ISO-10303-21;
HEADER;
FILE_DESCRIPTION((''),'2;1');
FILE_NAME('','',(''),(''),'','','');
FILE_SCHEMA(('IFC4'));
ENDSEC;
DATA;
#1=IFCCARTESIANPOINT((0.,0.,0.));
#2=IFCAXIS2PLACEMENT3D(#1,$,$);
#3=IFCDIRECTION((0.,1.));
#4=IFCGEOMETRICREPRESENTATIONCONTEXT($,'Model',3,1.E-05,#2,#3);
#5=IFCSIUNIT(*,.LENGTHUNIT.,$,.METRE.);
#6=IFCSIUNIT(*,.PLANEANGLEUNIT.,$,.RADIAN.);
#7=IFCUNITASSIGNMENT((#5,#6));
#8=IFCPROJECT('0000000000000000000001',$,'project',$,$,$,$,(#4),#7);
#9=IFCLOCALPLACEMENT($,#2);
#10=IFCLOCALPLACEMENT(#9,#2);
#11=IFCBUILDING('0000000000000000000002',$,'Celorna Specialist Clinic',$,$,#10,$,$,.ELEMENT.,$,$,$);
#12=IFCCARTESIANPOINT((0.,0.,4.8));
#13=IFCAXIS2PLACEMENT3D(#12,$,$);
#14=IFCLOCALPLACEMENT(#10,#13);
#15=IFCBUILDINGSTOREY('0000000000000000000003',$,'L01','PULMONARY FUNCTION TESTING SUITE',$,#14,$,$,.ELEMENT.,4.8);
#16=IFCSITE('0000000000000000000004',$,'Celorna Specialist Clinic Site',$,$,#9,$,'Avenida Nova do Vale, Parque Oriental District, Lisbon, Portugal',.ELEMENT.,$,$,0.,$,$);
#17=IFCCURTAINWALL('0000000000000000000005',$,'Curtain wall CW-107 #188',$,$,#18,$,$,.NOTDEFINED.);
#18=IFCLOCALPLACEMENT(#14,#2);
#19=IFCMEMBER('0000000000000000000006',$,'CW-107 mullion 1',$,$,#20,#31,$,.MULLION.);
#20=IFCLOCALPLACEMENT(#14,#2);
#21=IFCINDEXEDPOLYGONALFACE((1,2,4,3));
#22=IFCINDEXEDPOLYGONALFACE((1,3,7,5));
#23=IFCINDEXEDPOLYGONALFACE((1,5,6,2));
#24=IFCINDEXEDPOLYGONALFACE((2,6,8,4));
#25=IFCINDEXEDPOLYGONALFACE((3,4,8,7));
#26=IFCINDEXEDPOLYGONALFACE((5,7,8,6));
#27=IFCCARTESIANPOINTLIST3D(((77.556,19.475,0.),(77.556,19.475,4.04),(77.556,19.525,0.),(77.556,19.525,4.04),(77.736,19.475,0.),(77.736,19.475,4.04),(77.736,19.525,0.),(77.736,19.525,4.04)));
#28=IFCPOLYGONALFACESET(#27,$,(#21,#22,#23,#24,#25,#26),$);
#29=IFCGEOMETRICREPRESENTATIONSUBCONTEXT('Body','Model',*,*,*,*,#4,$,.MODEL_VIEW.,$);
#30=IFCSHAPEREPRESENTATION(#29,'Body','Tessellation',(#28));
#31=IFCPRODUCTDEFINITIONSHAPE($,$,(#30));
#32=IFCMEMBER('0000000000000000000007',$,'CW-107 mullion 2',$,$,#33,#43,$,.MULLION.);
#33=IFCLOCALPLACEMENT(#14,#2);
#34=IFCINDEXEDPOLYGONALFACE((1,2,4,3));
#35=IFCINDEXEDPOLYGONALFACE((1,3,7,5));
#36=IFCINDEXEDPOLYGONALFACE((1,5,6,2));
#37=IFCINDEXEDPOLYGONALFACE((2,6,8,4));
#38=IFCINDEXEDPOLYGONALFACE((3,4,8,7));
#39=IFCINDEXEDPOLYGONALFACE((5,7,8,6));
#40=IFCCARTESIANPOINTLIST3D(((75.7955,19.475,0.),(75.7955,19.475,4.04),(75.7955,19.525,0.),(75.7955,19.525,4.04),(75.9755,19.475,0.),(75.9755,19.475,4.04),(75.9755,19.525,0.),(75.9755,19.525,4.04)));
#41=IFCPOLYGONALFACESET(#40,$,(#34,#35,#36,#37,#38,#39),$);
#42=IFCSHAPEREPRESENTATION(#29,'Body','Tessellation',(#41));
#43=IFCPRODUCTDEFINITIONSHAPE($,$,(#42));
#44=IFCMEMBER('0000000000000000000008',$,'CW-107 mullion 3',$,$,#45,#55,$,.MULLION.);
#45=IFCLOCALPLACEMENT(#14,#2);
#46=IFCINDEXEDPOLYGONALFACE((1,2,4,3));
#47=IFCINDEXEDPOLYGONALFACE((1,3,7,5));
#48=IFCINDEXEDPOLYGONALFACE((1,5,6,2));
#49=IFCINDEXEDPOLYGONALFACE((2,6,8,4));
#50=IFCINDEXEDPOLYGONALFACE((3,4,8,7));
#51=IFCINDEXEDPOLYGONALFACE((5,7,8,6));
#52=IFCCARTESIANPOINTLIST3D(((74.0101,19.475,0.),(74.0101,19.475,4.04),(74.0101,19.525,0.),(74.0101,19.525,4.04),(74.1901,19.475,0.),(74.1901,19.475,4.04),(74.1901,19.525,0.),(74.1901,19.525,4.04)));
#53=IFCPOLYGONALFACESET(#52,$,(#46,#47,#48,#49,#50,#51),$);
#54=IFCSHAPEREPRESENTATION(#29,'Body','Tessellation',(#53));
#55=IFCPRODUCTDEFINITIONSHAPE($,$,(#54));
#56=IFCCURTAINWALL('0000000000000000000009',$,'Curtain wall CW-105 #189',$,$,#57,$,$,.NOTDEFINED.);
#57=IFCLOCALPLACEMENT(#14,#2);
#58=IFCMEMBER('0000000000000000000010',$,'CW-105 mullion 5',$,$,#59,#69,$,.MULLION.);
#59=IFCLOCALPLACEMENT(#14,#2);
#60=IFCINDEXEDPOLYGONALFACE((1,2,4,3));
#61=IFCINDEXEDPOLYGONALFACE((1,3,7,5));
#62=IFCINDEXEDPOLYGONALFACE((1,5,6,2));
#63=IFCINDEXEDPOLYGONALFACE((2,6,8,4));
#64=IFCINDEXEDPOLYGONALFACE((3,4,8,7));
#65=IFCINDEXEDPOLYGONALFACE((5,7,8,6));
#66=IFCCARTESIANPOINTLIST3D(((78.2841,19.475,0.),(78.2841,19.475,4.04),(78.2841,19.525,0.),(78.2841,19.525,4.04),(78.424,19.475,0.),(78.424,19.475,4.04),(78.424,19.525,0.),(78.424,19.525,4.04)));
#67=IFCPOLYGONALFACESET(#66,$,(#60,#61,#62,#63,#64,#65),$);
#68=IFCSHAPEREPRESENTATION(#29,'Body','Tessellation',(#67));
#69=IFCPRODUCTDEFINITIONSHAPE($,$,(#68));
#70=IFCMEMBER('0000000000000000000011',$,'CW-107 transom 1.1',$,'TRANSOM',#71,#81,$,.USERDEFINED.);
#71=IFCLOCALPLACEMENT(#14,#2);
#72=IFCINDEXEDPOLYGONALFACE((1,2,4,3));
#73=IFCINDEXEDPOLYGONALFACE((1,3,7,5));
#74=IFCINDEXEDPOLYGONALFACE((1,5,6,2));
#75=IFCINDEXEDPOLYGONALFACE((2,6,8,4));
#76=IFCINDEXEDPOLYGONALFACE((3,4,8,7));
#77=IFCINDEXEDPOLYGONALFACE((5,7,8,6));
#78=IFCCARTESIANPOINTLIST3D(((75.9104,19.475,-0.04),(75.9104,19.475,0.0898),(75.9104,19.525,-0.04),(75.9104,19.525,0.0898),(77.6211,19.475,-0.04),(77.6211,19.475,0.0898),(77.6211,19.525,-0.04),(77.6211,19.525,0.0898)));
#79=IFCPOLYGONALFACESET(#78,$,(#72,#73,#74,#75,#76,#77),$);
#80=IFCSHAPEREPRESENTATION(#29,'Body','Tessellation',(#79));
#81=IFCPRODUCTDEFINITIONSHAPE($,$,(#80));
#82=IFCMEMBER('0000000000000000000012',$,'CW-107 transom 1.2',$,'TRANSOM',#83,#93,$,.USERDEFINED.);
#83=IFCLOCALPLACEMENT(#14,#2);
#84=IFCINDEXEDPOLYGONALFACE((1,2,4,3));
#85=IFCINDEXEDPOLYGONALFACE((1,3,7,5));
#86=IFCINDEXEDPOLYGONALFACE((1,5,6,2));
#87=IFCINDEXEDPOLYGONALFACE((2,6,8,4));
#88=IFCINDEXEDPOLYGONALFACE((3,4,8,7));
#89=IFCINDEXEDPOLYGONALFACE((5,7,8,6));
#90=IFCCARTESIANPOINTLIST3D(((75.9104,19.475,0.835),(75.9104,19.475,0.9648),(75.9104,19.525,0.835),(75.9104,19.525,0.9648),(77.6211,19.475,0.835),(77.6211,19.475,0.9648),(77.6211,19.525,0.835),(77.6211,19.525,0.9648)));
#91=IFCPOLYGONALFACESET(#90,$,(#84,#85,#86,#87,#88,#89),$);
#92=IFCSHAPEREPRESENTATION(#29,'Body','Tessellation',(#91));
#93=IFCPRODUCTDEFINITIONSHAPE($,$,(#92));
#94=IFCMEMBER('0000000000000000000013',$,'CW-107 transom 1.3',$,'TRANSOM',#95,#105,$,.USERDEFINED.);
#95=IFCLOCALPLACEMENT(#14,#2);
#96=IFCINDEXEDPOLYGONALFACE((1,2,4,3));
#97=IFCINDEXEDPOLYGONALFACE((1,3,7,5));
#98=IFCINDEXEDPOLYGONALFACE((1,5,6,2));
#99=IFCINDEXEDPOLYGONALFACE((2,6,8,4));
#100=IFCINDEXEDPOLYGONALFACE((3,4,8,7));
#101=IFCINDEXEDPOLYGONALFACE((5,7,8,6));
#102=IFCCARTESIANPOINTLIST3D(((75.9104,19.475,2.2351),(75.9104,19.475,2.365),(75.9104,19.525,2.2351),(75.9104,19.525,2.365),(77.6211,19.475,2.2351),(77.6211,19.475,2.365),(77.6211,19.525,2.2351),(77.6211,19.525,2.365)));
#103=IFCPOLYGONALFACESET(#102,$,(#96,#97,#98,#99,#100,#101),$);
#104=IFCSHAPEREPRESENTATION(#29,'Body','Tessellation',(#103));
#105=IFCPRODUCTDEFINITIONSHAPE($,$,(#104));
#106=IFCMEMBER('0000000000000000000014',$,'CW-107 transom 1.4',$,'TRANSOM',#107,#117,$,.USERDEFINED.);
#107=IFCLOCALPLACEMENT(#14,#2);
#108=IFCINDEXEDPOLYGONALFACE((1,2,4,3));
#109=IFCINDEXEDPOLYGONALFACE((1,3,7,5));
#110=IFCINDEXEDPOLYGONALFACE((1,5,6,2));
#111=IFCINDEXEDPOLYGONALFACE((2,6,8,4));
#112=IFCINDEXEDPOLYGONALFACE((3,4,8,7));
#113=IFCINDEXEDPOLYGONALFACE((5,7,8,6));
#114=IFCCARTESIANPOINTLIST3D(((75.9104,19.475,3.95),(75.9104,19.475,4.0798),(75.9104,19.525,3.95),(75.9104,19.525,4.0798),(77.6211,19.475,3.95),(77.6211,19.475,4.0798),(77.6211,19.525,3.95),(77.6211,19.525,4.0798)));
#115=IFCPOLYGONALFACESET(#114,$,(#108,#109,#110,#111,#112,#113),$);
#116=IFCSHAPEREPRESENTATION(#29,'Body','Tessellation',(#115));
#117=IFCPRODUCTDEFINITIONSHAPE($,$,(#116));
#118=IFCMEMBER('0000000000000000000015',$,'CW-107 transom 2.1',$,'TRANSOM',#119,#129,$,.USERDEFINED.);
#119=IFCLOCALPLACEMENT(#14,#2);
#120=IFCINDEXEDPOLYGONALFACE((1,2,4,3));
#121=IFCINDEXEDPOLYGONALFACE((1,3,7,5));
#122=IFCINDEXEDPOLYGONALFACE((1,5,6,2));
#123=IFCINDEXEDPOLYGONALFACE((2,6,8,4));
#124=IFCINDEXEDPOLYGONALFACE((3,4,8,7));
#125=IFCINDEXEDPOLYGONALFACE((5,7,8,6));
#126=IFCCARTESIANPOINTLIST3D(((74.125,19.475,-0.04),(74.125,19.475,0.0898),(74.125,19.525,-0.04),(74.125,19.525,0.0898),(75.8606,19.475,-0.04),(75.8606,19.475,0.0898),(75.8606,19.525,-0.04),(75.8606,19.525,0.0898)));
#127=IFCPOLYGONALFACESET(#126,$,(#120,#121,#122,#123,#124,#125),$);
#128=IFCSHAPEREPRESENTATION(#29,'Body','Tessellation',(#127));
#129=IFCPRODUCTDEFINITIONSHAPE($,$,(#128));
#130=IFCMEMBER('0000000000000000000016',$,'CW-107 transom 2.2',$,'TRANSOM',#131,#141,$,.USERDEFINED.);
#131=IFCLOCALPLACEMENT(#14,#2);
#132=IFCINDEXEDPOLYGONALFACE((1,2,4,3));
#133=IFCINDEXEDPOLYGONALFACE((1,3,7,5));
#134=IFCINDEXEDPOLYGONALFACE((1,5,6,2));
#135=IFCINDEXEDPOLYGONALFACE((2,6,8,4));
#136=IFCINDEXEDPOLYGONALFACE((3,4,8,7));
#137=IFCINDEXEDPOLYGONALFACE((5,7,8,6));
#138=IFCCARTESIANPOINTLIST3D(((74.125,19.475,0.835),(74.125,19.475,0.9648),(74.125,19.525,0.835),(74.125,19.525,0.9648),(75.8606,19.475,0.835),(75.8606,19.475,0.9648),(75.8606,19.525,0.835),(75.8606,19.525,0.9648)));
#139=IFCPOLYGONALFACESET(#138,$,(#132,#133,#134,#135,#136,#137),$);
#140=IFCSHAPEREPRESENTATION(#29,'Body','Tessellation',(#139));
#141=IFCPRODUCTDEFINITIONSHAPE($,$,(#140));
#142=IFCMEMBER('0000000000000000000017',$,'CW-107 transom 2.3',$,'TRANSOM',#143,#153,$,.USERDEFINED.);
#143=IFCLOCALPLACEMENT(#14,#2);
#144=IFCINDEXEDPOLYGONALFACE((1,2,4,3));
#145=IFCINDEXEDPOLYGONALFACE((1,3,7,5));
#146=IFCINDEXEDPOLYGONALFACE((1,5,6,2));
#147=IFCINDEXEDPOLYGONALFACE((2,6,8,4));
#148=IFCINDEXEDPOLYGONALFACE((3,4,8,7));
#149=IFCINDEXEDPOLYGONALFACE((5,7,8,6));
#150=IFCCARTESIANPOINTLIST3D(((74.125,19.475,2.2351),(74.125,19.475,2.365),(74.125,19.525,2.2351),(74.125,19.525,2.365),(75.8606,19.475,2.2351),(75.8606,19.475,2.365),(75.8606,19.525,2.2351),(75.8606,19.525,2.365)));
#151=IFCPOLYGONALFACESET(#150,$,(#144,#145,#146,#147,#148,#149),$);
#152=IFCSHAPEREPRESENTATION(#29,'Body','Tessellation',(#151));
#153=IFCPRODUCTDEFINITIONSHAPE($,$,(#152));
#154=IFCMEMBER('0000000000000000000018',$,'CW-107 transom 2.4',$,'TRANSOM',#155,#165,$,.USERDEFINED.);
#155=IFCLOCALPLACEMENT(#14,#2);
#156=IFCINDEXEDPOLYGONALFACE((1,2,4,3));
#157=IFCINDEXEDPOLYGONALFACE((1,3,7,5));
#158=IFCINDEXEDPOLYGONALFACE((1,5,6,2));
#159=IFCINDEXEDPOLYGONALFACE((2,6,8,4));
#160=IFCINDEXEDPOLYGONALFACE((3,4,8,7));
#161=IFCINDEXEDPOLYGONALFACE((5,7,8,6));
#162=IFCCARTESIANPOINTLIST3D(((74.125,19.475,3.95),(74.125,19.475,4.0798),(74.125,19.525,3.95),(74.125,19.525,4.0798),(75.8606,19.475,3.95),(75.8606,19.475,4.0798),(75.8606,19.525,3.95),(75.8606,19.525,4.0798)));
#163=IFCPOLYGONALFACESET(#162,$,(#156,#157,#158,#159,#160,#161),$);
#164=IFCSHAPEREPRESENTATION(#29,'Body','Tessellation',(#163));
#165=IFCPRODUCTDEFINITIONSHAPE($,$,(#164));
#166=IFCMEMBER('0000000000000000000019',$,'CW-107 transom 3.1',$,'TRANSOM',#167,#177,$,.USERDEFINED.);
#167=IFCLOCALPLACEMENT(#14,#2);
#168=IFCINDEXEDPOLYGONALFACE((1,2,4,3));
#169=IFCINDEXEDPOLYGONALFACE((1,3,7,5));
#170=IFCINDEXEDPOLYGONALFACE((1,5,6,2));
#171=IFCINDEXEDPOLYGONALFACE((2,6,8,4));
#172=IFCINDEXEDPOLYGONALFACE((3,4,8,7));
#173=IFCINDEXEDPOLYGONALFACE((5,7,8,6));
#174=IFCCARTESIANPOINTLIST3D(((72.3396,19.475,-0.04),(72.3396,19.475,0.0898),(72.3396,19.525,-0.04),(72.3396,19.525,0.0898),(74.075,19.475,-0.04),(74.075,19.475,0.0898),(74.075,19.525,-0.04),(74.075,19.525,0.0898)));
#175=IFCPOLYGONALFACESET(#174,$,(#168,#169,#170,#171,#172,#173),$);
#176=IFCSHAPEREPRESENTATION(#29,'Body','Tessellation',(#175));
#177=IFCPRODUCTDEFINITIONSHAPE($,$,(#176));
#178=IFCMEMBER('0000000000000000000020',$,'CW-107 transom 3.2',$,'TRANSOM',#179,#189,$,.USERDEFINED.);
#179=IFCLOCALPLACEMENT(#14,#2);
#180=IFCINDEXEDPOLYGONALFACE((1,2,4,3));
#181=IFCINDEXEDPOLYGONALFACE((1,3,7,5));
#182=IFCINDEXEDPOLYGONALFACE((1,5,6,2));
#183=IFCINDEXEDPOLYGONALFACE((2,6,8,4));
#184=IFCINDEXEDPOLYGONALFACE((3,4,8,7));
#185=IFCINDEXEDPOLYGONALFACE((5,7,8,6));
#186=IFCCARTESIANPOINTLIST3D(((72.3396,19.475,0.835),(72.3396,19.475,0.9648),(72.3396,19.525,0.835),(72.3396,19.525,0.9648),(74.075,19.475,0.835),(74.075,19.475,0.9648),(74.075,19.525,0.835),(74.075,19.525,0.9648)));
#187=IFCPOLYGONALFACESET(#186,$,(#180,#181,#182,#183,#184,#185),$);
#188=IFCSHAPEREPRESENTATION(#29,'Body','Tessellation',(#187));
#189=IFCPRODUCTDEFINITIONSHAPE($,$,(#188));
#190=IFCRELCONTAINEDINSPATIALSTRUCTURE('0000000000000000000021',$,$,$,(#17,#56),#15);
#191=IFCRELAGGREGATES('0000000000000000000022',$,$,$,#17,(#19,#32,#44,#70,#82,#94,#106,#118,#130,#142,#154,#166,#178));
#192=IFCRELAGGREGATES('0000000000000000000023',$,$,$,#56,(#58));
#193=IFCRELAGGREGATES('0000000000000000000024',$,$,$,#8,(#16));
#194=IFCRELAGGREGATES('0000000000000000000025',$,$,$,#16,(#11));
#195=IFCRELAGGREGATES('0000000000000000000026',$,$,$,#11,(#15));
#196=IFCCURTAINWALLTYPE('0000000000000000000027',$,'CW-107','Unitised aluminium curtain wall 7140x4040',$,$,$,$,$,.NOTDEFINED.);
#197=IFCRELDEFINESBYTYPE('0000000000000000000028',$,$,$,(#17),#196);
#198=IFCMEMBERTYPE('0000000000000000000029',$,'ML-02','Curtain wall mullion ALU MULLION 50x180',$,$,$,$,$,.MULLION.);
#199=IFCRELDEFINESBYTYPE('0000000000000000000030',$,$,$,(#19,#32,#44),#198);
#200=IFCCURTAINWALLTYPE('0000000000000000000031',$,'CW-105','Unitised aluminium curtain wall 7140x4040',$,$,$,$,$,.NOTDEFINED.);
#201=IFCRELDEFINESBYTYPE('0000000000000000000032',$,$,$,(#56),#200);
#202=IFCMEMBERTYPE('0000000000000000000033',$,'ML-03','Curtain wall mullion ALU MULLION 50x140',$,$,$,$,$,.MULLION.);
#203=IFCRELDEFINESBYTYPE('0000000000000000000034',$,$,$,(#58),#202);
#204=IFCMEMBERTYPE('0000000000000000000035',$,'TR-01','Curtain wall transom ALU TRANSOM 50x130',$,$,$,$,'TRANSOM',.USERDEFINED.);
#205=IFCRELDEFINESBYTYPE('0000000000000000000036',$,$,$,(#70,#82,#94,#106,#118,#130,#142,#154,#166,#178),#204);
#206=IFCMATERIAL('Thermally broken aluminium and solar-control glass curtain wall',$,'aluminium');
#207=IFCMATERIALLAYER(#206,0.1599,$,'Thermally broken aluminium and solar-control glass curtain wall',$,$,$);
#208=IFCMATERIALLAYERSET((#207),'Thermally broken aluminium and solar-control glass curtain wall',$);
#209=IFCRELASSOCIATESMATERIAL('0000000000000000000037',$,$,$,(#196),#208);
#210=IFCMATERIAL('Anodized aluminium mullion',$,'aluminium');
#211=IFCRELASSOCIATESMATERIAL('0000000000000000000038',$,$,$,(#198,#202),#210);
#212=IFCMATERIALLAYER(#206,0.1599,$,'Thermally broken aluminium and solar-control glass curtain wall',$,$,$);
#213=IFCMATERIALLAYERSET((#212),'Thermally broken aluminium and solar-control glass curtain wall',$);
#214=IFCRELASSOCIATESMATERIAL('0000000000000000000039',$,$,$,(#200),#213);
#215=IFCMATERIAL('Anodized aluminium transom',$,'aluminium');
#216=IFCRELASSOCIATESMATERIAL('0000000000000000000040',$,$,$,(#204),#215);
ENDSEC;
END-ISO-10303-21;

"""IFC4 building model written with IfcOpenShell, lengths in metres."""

from ifc_helpers import new_model, si_unit, direction, frame, origin, origin_2d, place, context, subcontext, project, spatial, rectangle, extrude, material, layer, layer_set, material_profile, profile_set, type_object, element, aggregate, save


model = new_model("IFC4")

# Units and contexts
model_context = context("Model", 3, precision=1e-05, world=origin(), true_north=direction((0.0, 1.0)))
body_context = subcontext(model_context, "Body", "Model", "MODEL_VIEW")
ifc_project = project(units=[si_unit("LENGTHUNIT", "METRE"), si_unit("PLANEANGLEUNIT", "RADIAN")], contexts=[model_context])

# Site, building, storey
site_placement = place(None, origin())
site = spatial("IfcSite", under=ifc_project, at=site_placement, Name="Celorna Specialist Clinic Site", LongName="Avenida Nova do Vale, Parque Oriental District, Lisbon, Portugal", CompositionType="ELEMENT", RefElevation=0.0)
building_placement = place(site_placement, origin())
building = spatial("IfcBuilding", under=site, at=building_placement, Name="Celorna Specialist Clinic", CompositionType="ELEMENT")
storey_placement = place(building_placement, frame((0.0, 0.0, 4.8)))
storey = spatial("IfcBuildingStorey", under=building, at=storey_placement, Name="L01", Description="PULMONARY FUNCTION TESTING SUITE", CompositionType="ELEMENT", Elevation=4.8)

# Curtain wall, members
ifc_material_1 = material(Name="Thermally broken aluminium and solar-control glass curtain wall", Category="aluminium")
ifc_layer_1 = layer(ifc_material_1, 0.1599, Name="Thermally broken aluminium and solar-control glass curtain wall")
ifc_layer_set_1 = layer_set([ifc_layer_1], Name="Thermally broken aluminium and solar-control glass curtain wall")
curtain_wall_type_1 = type_object("IfcCurtainWallType", Name="CW-107", Description="Unitised aluminium curtain wall 7140x4040", PredefinedType="NOTDEFINED", material=ifc_layer_set_1)
curtain_wall_1_placement = place(storey_placement, origin())
curtain_wall_1 = element("IfcCurtainWall", 1, at=curtain_wall_1_placement, inside=storey, type_object=curtain_wall_type_1, Name="Curtain wall CW-107 #188", PredefinedType="NOTDEFINED")
ifc_material_2 = material(Name="Anodized aluminium mullion", Category="aluminium")
ifc_material_profile_1 = material_profile(ifc_material_2, rectangle(XDim=0.05, YDim=0.1799, at=origin_2d()), Name="ALU MULLION 50x180")
ifc_profile_set_1 = profile_set([ifc_material_profile_1], Name="Anodized aluminium mullion")
member_type_1 = type_object("IfcMemberType", Name="ML-02", Description="Curtain wall mullion ALU MULLION 50x180", PredefinedType="MULLION", material=ifc_profile_set_1)
member_1_placement = place(storey_placement, frame((77.646, 19.5, 0.0), z_axis=(0.0, 0.0, 1.0), x_axis=(0.0, -1.0, 0.0)))
member_1 = element("IfcMember", 2, at=member_1_placement, type_object=member_type_1, Name="CW-107 mullion 1", PredefinedType="MULLION", context=body_context, shape_type="SweptSolid", body=[
    extrude(rectangle(XDim=0.05, YDim=0.1799, at=origin_2d()), origin(), (0.0, 0.0, 1.0), 4.04),
])
member_2_placement = place(storey_placement, frame((75.8855, 19.5, 0.0), z_axis=(0.0, 0.0, 1.0), x_axis=(0.0, -1.0, 0.0)))
member_2 = element("IfcMember", 3, at=member_2_placement, type_object=member_type_1, Name="CW-107 mullion 2", PredefinedType="MULLION", context=body_context, shape_type="SweptSolid", body=[
    extrude(rectangle(XDim=0.05, YDim=0.1799, at=origin_2d()), origin(), (0.0, 0.0, 1.0), 4.04),
])
member_3_placement = place(storey_placement, frame((74.1001, 19.5, 0.0), z_axis=(0.0, 0.0, 1.0), x_axis=(0.0, -1.0, 0.0)))
member_3 = element("IfcMember", 4, at=member_3_placement, type_object=member_type_1, Name="CW-107 mullion 3", PredefinedType="MULLION", context=body_context, shape_type="SweptSolid", body=[
    extrude(rectangle(XDim=0.05, YDim=0.1799, at=origin_2d()), origin(), (0.0, 0.0, 1.0), 4.04),
])

# Curtain wall, member
ifc_layer_2 = layer(ifc_material_1, 0.1599, Name="Thermally broken aluminium and solar-control glass curtain wall")
ifc_layer_set_2 = layer_set([ifc_layer_2], Name="Thermally broken aluminium and solar-control glass curtain wall")
curtain_wall_type_2 = type_object("IfcCurtainWallType", Name="CW-105", Description="Unitised aluminium curtain wall 7140x4040", PredefinedType="NOTDEFINED", material=ifc_layer_set_2)
curtain_wall_2_placement = place(storey_placement, origin())
curtain_wall_2 = element("IfcCurtainWall", 5, at=curtain_wall_2_placement, inside=storey, type_object=curtain_wall_type_2, Name="Curtain wall CW-105 #189", PredefinedType="NOTDEFINED")
ifc_material_profile_2 = material_profile(ifc_material_2, rectangle(XDim=0.05, YDim=0.1399, at=origin_2d()), Name="ALU MULLION 50x140")
ifc_profile_set_2 = profile_set([ifc_material_profile_2], Name="Anodized aluminium mullion")
member_type_2 = type_object("IfcMemberType", Name="ML-03", Description="Curtain wall mullion ALU MULLION 50x140", PredefinedType="MULLION", material=ifc_profile_set_2)
member_4_placement = place(storey_placement, frame((78.354, 19.5, 0.0), z_axis=(0.0, 0.0, 1.0), x_axis=(0.0, -1.0, 0.0)))
member_4 = element("IfcMember", 6, at=member_4_placement, type_object=member_type_2, Name="CW-105 mullion 5", PredefinedType="MULLION", context=body_context, shape_type="SweptSolid", body=[
    extrude(rectangle(XDim=0.05, YDim=0.1399, at=origin_2d()), origin(), (0.0, 0.0, 1.0), 4.04),
])

# Members
ifc_material_3 = material(Name="Anodized aluminium transom", Category="aluminium")
ifc_material_profile_3 = material_profile(ifc_material_3, rectangle(XDim=0.05, YDim=0.1299, at=origin_2d()), Name="ALU TRANSOM 50x130")
ifc_profile_set_3 = profile_set([ifc_material_profile_3], Name="Anodized aluminium transom")
member_type_3 = type_object("IfcMemberType", Name="TR-01", Description="Curtain wall transom ALU TRANSOM 50x130", ElementType="TRANSOM", PredefinedType="USERDEFINED", material=ifc_profile_set_3)
member_5_placement = place(storey_placement, frame((77.6211, 19.5, 0.0249), z_axis=(-1.0, 0.0, 0.0), x_axis=(0.0, -1.0, 0.0)))
member_5 = element("IfcMember", 7, at=member_5_placement, type_object=member_type_3, Name="CW-107 transom 1.1", ObjectType="TRANSOM", PredefinedType="USERDEFINED", context=body_context, shape_type="SweptSolid", body=[
    extrude(rectangle(XDim=0.05, YDim=0.1299, at=origin_2d()), origin(), (0.0, 0.0, 1.0), 1.7107),
])
member_6_placement = place(storey_placement, frame((77.6211, 19.5, 0.8999), z_axis=(-1.0, 0.0, 0.0), x_axis=(0.0, -1.0, 0.0)))
member_6 = element("IfcMember", 8, at=member_6_placement, type_object=member_type_3, Name="CW-107 transom 1.2", ObjectType="TRANSOM", PredefinedType="USERDEFINED", context=body_context, shape_type="SweptSolid", body=[
    extrude(rectangle(XDim=0.05, YDim=0.1299, at=origin_2d()), origin(), (0.0, 0.0, 1.0), 1.7107),
])
member_7_placement = place(storey_placement, frame((77.6211, 19.5, 2.3), z_axis=(-1.0, 0.0, 0.0), x_axis=(0.0, -1.0, 0.0)))
member_7 = element("IfcMember", 9, at=member_7_placement, type_object=member_type_3, Name="CW-107 transom 1.3", ObjectType="TRANSOM", PredefinedType="USERDEFINED", context=body_context, shape_type="SweptSolid", body=[
    extrude(rectangle(XDim=0.05, YDim=0.1299, at=origin_2d()), origin(), (0.0, 0.0, 1.0), 1.7107),
])
member_8_placement = place(storey_placement, frame((77.6211, 19.5, 4.0149), z_axis=(-1.0, 0.0, 0.0), x_axis=(0.0, -1.0, 0.0)))
member_8 = element("IfcMember", 10, at=member_8_placement, type_object=member_type_3, Name="CW-107 transom 1.4", ObjectType="TRANSOM", PredefinedType="USERDEFINED", context=body_context, shape_type="SweptSolid", body=[
    extrude(rectangle(XDim=0.05, YDim=0.1299, at=origin_2d()), origin(), (0.0, 0.0, 1.0), 1.7107),
])
member_9_placement = place(storey_placement, frame((75.8606, 19.5, 0.0249), z_axis=(-1.0, 0.0, 0.0), x_axis=(0.0, -1.0, 0.0)))
member_9 = element("IfcMember", 11, at=member_9_placement, type_object=member_type_3, Name="CW-107 transom 2.1", ObjectType="TRANSOM", PredefinedType="USERDEFINED", context=body_context, shape_type="SweptSolid", body=[
    extrude(rectangle(XDim=0.05, YDim=0.1299, at=origin_2d()), origin(), (0.0, 0.0, 1.0), 1.7356),
])
member_10_placement = place(storey_placement, frame((75.8606, 19.5, 0.8999), z_axis=(-1.0, 0.0, 0.0), x_axis=(0.0, -1.0, 0.0)))
member_10 = element("IfcMember", 12, at=member_10_placement, type_object=member_type_3, Name="CW-107 transom 2.2", ObjectType="TRANSOM", PredefinedType="USERDEFINED", context=body_context, shape_type="SweptSolid", body=[
    extrude(rectangle(XDim=0.05, YDim=0.1299, at=origin_2d()), origin(), (0.0, 0.0, 1.0), 1.7356),
])
member_11_placement = place(storey_placement, frame((75.8606, 19.5, 2.3), z_axis=(-1.0, 0.0, 0.0), x_axis=(0.0, -1.0, 0.0)))
member_11 = element("IfcMember", 13, at=member_11_placement, type_object=member_type_3, Name="CW-107 transom 2.3", ObjectType="TRANSOM", PredefinedType="USERDEFINED", context=body_context, shape_type="SweptSolid", body=[
    extrude(rectangle(XDim=0.05, YDim=0.1299, at=origin_2d()), origin(), (0.0, 0.0, 1.0), 1.7356),
])
member_12_placement = place(storey_placement, frame((75.8606, 19.5, 4.0149), z_axis=(-1.0, 0.0, 0.0), x_axis=(0.0, -1.0, 0.0)))
member_12 = element("IfcMember", 14, at=member_12_placement, type_object=member_type_3, Name="CW-107 transom 2.4", ObjectType="TRANSOM", PredefinedType="USERDEFINED", context=body_context, shape_type="SweptSolid", body=[
    extrude(rectangle(XDim=0.05, YDim=0.1299, at=origin_2d()), origin(), (0.0, 0.0, 1.0), 1.7356),
])
member_13_placement = place(storey_placement, frame((74.075, 19.5, 0.0249), z_axis=(-1.0, 0.0, 0.0), x_axis=(0.0, -1.0, 0.0)))
member_13 = element("IfcMember", 15, at=member_13_placement, type_object=member_type_3, Name="CW-107 transom 3.1", ObjectType="TRANSOM", PredefinedType="USERDEFINED", context=body_context, shape_type="SweptSolid", body=[
    extrude(rectangle(XDim=0.05, YDim=0.1299, at=origin_2d()), origin(), (0.0, 0.0, 1.0), 1.7354),
])
member_14_placement = place(storey_placement, frame((74.075, 19.5, 0.8999), z_axis=(-1.0, 0.0, 0.0), x_axis=(0.0, -1.0, 0.0)))
member_14 = element("IfcMember", 16, at=member_14_placement, type_object=member_type_3, Name="CW-107 transom 3.2", ObjectType="TRANSOM", PredefinedType="USERDEFINED", context=body_context, shape_type="SweptSolid", body=[
    extrude(rectangle(XDim=0.05, YDim=0.1299, at=origin_2d()), origin(), (0.0, 0.0, 1.0), 1.7354),
])

aggregate(curtain_wall_1, [member_1, member_2, member_3, member_5, member_6, member_7, member_8, member_9, member_10, member_11, member_12, member_13, member_14])
aggregate(curtain_wall_2, [member_4])

save(model, "model.ifc")
